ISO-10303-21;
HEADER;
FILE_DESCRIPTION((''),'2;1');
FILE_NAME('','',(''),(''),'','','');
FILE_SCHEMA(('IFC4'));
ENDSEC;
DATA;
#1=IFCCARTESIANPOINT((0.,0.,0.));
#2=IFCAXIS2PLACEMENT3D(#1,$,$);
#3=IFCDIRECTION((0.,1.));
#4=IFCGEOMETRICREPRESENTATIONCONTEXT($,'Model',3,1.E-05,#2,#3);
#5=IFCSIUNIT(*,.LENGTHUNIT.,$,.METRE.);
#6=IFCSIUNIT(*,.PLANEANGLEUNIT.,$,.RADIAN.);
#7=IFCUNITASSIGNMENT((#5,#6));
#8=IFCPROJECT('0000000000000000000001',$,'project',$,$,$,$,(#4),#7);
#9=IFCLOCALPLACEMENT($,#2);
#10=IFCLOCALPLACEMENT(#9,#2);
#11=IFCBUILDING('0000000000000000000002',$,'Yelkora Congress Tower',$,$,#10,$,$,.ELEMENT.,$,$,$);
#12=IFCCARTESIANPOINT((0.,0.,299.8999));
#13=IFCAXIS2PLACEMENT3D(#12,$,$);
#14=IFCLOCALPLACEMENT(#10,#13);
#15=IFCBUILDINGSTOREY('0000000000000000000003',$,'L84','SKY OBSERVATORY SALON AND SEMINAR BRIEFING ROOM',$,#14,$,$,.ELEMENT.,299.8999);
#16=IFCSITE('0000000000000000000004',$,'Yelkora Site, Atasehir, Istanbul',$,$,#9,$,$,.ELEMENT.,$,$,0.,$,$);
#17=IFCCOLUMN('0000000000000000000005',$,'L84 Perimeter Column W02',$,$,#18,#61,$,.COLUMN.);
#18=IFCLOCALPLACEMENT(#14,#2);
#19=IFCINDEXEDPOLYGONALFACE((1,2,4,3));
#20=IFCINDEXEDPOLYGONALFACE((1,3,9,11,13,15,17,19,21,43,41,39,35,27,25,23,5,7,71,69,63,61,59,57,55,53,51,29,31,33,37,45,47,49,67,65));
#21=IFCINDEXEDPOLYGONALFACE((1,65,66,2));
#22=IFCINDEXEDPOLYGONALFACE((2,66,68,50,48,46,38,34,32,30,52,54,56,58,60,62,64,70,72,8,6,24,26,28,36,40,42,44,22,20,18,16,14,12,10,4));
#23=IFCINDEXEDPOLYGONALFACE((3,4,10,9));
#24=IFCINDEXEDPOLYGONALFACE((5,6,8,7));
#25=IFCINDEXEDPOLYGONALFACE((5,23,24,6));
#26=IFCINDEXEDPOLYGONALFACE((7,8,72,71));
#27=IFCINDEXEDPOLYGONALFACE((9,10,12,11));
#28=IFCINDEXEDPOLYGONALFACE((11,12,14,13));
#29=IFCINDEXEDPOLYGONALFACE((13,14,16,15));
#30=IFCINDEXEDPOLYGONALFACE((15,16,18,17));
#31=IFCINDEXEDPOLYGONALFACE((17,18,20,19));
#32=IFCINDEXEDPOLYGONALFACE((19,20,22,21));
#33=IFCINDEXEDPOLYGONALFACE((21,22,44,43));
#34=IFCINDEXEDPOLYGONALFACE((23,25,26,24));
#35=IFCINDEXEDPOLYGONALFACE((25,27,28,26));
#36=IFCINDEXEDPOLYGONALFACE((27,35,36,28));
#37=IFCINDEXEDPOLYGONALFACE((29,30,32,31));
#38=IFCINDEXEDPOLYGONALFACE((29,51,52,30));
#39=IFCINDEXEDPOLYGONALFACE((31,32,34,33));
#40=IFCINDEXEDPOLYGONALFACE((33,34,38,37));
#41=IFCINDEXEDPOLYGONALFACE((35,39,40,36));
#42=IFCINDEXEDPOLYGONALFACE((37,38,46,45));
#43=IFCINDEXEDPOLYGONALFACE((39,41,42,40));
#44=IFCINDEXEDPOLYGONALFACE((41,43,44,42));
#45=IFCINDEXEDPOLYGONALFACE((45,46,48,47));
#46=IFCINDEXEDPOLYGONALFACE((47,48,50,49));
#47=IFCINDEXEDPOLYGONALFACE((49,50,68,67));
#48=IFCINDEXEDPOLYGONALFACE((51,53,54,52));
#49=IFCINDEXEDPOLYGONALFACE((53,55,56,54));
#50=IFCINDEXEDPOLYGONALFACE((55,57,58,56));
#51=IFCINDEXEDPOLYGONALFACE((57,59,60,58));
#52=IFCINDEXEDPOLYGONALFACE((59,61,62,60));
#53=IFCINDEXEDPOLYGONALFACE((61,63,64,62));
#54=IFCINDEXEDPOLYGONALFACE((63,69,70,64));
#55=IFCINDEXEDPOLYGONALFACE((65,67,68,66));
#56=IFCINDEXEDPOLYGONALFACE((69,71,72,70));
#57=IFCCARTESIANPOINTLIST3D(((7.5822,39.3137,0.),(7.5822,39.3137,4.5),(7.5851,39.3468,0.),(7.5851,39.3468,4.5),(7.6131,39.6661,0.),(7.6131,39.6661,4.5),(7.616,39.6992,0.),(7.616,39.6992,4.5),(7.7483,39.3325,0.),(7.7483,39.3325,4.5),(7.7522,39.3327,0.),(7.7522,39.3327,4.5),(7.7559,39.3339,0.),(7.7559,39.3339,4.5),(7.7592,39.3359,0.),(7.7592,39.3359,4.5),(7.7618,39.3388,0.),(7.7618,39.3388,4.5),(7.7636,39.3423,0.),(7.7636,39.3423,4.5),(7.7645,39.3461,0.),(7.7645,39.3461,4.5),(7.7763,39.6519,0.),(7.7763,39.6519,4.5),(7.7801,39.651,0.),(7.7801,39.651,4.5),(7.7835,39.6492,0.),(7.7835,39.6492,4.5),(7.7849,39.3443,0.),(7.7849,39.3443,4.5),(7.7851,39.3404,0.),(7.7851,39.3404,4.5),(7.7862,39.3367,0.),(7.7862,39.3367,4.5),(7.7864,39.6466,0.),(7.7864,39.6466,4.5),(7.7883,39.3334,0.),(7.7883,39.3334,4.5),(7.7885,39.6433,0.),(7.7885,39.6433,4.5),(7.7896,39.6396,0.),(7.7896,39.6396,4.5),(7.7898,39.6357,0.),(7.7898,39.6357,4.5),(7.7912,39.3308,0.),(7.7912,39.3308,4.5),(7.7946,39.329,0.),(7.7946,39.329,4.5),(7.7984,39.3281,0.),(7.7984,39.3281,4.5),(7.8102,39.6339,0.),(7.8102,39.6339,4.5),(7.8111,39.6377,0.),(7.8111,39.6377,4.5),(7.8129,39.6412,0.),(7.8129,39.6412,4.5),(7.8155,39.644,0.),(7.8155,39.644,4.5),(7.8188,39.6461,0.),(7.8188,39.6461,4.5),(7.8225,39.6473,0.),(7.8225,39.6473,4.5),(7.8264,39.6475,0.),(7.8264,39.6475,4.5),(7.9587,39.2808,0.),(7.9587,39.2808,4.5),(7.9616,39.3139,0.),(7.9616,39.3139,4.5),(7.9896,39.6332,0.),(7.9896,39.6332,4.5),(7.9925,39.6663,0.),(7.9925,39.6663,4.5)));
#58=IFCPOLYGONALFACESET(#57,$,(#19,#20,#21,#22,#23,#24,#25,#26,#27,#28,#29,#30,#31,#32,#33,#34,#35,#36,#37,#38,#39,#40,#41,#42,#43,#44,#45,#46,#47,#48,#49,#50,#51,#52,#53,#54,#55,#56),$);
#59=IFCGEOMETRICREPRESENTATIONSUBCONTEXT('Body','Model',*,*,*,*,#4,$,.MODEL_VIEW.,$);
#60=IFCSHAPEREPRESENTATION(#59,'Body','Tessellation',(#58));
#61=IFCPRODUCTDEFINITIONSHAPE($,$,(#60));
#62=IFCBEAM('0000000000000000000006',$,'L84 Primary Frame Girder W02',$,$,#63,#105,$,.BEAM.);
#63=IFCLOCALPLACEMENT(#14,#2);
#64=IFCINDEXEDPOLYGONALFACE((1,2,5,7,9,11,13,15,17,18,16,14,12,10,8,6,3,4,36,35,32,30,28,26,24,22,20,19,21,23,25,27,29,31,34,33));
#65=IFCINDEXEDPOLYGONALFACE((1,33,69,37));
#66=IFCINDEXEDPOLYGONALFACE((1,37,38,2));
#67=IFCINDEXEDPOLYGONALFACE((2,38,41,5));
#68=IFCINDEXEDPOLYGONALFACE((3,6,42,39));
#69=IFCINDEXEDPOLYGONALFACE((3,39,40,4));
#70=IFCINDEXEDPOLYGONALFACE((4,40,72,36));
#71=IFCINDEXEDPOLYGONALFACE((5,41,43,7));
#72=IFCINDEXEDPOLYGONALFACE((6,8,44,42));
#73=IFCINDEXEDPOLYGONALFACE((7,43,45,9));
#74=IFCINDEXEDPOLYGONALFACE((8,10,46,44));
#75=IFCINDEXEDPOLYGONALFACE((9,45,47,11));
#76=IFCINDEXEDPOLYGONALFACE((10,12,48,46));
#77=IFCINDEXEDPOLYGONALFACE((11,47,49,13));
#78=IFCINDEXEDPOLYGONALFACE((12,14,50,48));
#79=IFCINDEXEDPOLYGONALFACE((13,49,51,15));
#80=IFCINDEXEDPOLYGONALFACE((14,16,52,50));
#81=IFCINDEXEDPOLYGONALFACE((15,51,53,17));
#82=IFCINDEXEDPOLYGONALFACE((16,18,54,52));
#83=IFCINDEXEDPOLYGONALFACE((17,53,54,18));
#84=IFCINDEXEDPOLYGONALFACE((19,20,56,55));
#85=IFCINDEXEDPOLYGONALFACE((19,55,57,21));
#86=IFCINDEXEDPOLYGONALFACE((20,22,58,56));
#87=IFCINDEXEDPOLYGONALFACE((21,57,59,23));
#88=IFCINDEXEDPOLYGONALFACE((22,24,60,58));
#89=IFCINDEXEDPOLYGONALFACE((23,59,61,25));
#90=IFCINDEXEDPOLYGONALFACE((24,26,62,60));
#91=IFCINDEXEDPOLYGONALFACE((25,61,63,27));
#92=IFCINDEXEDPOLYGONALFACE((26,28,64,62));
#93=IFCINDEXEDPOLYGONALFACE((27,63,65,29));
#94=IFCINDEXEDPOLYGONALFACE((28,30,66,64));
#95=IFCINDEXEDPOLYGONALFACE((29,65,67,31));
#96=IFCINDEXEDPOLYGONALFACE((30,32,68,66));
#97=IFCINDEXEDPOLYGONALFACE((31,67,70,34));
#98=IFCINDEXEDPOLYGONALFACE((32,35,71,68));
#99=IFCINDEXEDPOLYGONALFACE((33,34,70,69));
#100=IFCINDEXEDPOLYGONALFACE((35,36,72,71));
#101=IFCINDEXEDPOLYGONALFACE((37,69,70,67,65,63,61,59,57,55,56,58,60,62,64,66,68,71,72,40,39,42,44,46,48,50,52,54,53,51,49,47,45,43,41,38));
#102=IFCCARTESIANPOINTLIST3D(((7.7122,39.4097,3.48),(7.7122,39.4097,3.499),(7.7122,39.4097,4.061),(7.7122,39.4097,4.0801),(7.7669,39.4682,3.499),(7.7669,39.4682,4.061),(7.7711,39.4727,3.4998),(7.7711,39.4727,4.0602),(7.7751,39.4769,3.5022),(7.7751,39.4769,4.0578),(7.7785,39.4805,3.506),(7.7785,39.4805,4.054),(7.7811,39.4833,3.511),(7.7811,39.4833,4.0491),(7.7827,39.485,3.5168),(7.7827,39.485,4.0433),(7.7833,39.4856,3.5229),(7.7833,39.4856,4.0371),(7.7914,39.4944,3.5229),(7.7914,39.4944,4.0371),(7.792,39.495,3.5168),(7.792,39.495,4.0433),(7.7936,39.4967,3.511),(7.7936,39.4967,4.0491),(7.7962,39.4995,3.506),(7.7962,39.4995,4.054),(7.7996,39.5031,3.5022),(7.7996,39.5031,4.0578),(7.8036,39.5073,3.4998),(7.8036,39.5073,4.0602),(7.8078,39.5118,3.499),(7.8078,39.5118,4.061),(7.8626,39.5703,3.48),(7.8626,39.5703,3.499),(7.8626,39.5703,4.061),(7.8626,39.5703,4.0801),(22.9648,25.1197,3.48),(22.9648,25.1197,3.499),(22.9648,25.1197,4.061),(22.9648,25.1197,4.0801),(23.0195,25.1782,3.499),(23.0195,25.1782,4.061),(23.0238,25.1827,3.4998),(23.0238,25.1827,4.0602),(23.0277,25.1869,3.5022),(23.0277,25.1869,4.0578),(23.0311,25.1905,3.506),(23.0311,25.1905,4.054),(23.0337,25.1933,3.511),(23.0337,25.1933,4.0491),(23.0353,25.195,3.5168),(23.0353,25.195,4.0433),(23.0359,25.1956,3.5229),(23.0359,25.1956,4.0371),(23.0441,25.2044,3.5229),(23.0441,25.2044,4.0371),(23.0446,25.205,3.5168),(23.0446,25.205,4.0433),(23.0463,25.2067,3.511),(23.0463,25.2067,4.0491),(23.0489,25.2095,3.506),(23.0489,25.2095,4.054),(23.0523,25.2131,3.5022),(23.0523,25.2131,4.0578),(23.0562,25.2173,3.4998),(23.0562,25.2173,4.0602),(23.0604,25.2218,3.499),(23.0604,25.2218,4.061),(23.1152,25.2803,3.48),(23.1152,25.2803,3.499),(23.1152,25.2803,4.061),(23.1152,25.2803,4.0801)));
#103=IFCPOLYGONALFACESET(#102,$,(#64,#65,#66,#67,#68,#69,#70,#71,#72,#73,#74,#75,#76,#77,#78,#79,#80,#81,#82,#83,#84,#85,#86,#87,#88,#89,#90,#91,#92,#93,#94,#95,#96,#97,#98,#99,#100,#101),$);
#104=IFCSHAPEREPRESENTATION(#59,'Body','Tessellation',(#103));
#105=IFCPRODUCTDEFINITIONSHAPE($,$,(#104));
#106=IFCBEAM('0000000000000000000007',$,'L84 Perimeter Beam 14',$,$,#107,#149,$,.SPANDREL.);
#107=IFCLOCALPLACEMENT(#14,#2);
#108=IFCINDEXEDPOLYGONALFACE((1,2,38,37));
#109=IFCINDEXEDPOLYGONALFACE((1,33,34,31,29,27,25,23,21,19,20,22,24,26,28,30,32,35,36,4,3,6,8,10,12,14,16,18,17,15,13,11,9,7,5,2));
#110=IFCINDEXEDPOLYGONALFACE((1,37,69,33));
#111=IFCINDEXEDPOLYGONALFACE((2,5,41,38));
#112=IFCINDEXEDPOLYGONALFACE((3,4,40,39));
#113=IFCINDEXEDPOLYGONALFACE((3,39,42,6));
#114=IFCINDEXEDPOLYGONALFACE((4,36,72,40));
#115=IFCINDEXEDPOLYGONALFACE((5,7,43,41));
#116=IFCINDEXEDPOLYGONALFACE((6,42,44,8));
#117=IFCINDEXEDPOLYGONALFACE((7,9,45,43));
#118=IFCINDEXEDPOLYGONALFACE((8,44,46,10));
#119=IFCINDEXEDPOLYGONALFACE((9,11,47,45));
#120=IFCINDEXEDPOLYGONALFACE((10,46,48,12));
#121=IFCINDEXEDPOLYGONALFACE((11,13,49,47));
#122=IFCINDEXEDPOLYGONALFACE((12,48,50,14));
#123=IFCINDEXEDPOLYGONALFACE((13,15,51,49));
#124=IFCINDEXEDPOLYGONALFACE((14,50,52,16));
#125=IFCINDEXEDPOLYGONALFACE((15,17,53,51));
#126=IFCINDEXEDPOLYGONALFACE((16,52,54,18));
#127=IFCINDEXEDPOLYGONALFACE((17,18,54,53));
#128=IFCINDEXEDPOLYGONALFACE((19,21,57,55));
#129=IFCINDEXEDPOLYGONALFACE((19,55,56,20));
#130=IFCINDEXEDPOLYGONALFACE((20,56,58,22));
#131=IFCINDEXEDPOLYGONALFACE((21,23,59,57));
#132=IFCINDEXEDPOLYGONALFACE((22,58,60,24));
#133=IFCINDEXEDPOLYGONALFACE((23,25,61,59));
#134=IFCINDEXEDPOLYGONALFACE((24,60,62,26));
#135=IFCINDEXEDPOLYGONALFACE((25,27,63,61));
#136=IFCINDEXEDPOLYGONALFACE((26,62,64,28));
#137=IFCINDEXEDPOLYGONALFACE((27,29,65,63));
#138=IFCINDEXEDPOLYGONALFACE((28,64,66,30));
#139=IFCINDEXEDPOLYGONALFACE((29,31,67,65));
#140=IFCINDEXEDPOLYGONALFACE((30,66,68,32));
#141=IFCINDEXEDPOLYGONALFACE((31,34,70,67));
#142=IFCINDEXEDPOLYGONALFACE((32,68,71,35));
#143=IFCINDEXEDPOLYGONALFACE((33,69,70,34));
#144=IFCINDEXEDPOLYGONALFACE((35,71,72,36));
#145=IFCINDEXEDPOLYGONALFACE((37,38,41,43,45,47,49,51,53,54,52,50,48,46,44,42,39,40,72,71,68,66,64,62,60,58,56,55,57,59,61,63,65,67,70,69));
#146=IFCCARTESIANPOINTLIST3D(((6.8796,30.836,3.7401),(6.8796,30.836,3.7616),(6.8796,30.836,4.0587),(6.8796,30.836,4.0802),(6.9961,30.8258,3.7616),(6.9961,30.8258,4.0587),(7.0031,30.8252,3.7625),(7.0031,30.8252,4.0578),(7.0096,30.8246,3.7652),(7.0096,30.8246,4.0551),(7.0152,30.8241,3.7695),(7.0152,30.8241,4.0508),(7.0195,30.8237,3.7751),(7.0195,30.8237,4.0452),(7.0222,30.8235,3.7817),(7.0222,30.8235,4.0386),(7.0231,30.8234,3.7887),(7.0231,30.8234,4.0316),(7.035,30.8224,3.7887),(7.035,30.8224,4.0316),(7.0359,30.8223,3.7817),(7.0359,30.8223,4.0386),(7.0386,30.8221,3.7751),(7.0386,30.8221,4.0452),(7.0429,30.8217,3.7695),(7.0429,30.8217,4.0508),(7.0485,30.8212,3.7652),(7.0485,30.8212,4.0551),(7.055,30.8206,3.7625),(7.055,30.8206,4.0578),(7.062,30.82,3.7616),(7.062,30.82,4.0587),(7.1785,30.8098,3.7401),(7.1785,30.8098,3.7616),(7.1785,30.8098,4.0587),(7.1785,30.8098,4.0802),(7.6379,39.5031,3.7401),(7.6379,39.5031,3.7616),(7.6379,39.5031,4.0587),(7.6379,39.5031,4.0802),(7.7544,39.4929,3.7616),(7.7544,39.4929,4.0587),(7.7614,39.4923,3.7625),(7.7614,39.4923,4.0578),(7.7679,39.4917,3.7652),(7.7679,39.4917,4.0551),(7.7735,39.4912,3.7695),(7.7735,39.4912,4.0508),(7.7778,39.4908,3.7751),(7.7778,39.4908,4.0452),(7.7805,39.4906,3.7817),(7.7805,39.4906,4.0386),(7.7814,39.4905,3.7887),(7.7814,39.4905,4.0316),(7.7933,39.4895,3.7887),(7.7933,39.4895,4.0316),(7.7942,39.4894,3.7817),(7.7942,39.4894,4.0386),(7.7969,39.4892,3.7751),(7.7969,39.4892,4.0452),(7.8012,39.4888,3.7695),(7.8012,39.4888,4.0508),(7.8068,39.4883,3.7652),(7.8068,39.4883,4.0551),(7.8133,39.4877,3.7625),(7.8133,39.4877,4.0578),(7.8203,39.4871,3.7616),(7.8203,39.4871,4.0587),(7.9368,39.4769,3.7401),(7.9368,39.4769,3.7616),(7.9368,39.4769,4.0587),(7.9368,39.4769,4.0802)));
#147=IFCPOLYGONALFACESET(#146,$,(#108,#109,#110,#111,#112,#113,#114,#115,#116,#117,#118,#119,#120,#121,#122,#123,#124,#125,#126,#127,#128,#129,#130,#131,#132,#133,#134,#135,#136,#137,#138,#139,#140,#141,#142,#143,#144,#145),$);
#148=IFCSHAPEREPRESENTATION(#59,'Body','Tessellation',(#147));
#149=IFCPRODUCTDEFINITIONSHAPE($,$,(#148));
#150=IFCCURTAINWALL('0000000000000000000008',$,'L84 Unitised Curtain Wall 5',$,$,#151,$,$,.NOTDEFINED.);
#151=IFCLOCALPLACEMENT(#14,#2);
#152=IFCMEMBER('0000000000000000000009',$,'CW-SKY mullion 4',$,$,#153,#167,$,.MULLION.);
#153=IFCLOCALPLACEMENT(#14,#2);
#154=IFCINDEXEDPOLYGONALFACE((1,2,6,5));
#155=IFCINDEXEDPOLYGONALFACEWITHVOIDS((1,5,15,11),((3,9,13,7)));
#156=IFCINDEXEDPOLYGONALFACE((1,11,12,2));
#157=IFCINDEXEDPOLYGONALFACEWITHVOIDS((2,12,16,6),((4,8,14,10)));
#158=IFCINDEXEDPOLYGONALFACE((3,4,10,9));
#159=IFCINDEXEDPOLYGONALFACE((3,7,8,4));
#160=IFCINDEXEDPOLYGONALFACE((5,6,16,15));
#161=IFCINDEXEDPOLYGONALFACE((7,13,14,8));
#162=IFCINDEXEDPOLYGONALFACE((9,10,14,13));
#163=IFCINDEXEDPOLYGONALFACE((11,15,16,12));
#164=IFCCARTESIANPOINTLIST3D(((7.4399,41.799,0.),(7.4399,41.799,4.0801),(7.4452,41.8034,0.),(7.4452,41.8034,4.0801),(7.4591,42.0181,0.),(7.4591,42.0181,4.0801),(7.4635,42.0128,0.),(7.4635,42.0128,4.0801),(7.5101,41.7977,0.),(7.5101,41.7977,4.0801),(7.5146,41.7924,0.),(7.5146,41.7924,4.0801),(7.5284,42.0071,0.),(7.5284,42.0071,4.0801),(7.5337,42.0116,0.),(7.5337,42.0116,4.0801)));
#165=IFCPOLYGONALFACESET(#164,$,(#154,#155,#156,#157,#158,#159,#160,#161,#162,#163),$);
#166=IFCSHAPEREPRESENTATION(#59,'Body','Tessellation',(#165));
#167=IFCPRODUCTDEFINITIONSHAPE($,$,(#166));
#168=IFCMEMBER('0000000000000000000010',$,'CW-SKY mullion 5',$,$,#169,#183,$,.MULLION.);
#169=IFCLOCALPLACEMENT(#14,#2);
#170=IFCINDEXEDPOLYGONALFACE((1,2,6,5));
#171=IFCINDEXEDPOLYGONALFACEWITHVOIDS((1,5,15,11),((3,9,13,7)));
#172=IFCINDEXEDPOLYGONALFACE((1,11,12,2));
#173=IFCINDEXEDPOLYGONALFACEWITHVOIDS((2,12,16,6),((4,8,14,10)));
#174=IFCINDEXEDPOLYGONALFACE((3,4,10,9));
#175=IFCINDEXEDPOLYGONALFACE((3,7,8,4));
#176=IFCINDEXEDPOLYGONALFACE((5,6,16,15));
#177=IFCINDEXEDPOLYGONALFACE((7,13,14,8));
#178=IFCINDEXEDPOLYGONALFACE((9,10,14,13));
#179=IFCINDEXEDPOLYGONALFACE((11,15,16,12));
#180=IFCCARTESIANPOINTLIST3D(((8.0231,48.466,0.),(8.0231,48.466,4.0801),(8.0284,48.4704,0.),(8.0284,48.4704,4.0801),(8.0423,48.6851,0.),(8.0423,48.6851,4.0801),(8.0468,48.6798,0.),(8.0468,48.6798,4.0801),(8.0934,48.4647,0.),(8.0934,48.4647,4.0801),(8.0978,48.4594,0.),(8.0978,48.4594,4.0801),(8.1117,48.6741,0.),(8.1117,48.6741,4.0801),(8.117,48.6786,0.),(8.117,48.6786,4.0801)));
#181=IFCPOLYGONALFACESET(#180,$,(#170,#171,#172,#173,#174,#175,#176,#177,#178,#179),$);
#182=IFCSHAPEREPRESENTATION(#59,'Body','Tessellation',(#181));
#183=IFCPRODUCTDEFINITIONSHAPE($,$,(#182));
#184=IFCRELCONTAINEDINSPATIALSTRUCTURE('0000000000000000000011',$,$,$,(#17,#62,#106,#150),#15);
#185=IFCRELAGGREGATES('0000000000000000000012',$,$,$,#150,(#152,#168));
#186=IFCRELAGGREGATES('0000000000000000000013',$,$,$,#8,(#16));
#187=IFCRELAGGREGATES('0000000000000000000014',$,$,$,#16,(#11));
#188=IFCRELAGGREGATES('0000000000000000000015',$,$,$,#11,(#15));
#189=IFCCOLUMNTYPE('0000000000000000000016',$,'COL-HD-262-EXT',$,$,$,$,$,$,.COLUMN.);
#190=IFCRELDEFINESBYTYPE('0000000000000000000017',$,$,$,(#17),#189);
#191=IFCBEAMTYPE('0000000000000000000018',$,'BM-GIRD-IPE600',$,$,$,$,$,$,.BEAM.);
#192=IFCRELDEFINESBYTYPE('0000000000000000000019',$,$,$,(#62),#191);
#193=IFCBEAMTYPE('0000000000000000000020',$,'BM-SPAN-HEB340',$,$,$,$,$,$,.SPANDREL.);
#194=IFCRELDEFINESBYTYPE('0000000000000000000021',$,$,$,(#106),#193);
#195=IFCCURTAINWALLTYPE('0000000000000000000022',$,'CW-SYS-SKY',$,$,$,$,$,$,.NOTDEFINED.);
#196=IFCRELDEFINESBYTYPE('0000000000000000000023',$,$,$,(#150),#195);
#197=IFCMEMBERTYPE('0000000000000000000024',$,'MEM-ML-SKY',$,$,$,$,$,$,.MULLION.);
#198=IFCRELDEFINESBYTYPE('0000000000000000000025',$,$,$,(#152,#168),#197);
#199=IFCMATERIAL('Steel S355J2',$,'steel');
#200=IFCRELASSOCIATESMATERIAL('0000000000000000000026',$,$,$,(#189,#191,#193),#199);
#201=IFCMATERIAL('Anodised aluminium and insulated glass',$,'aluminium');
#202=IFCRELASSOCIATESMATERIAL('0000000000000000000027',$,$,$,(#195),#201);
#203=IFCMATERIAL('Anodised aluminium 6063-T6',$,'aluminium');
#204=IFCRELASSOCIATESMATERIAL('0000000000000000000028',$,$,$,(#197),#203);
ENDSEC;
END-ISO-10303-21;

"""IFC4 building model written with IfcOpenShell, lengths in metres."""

from ifc_helpers import new_model, si_unit, direction, frame, origin, origin_2d, place, context, subcontext, project, spatial, hollow_rectangle, i_section, extrude, material, material_profile, profile_set, type_object, element, aggregate, save


model = new_model("IFC4")

# Units and contexts
model_context = context("Model", 3, precision=1e-05, world=origin(), true_north=direction((0.0, 1.0)))
body_context = subcontext(model_context, "Body", "Model", "MODEL_VIEW")
ifc_project = project(units=[si_unit("LENGTHUNIT", "METRE"), si_unit("PLANEANGLEUNIT", "RADIAN")], contexts=[model_context])

# Site, building, storey
site_placement = place(None, origin())
site = spatial("IfcSite", under=ifc_project, at=site_placement, Name="Yelkora Site, Atasehir, Istanbul", CompositionType="ELEMENT", RefElevation=0.0)
building_placement = place(site_placement, origin())
building = spatial("IfcBuilding", under=site, at=building_placement, Name="Yelkora Congress Tower", CompositionType="ELEMENT")
storey_placement = place(building_placement, frame((0.0, 0.0, 299.8999)))
storey = spatial("IfcBuildingStorey", under=building, at=storey_placement, Name="L84", Description="SKY OBSERVATORY SALON AND SEMINAR BRIEFING ROOM", CompositionType="ELEMENT", Elevation=299.8999)

# Column
ifc_material_1 = material(Name="Steel S355J2", Category="steel")
ifc_material_profile_1 = material_profile(ifc_material_1, i_section(OverallWidth=0.3779, OverallDepth=0.387, WebThickness=0.0205, FlangeThickness=0.0332, FilletRadius=0.0149, at=origin_2d()), Name="HD 360x262")
ifc_profile_set_1 = profile_set([ifc_material_profile_1], Name="Steel S355J2")
column_type = type_object("IfcColumnType", Name="COL-HD-262-EXT", PredefinedType="COLUMN", material=ifc_profile_set_1)
column_placement = place(storey_placement, frame((7.7874, 39.49, 0.0), z_axis=(0.0, 0.0, 1.0), x_axis=(0.996195, -0.087156, 0.0)))
element("IfcColumn", 1, at=column_placement, inside=storey, type_object=column_type, Name="L84 Perimeter Column W02", PredefinedType="COLUMN", context=body_context, shape_type="SweptSolid", body=[
    extrude(i_section(OverallWidth=0.3779, OverallDepth=0.387, WebThickness=0.0205, FlangeThickness=0.0332, FilletRadius=0.0149, at=origin_2d()), origin(), (0.0, 0.0, 1.0), 4.5),
])

# Beams
ifc_material_profile_2 = material_profile(ifc_material_1, i_section(OverallWidth=0.22, OverallDepth=0.6001, WebThickness=0.012, FlangeThickness=0.019, FilletRadius=0.0239, at=origin_2d()), Name="IPE 600")
ifc_profile_set_2 = profile_set([ifc_material_profile_2], Name="Steel S355J2")
beam_type_1 = type_object("IfcBeamType", Name="BM-GIRD-IPE600", PredefinedType="BEAM", material=ifc_profile_set_2)
beam_1_placement = place(storey_placement, frame((7.7874, 39.49, 3.78), z_axis=(0.72976, -0.683703, 0.0), x_axis=(0.683703, 0.72976, 0.0)))
element("IfcBeam", 2, at=beam_1_placement, inside=storey, type_object=beam_type_1, Name="L84 Primary Frame Girder W02", PredefinedType="BEAM", context=body_context, shape_type="SweptSolid", body=[
    extrude(i_section(OverallWidth=0.22, OverallDepth=0.6001, WebThickness=0.012, FlangeThickness=0.019, FilletRadius=0.0239, at=origin_2d()), origin(), (0.0, 0.0, 1.0), 20.9009),
])
ifc_material_profile_3 = material_profile(ifc_material_1, i_section(OverallWidth=0.3, OverallDepth=0.3401, WebThickness=0.012, FlangeThickness=0.0215, FilletRadius=0.0271, at=origin_2d()), Name="HEB 340")
ifc_profile_set_3 = profile_set([ifc_material_profile_3], Name="Steel S355J2")
beam_type_2 = type_object("IfcBeamType", Name="BM-SPAN-HEB340", PredefinedType="SPANDREL", material=ifc_profile_set_3)
beam_2_placement = place(storey_placement, frame((7.7874, 39.49, 3.9102), z_axis=(-0.08716, -0.996194, 0.0), x_axis=(0.996194, -0.08716, 0.0)))
element("IfcBeam", 3, at=beam_2_placement, inside=storey, type_object=beam_type_2, Name="L84 Perimeter Beam 14", PredefinedType="SPANDREL", context=body_context, shape_type="SweptSolid", body=[
    extrude(i_section(OverallWidth=0.3, OverallDepth=0.3401, WebThickness=0.012, FlangeThickness=0.0215, FilletRadius=0.0271, at=origin_2d()), origin(), (0.0, 0.0, 1.0), 8.7002),
])

# Curtain wall, members
ifc_material_2 = material(Name="Anodised aluminium and insulated glass", Category="aluminium")
curtain_wall_type = type_object("IfcCurtainWallType", Name="CW-SYS-SKY", PredefinedType="NOTDEFINED", material=ifc_material_2)
curtain_wall_1_placement = place(storey_placement, origin())
curtain_wall_1 = element("IfcCurtainWall", 4, at=curtain_wall_1_placement, inside=storey, type_object=curtain_wall_type, Name="L84 Unitised Curtain Wall 5", PredefinedType="NOTDEFINED")
ifc_material_3 = material(Name="Anodised aluminium 6063-T6", Category="aluminium")
ifc_material_profile_4 = material_profile(ifc_material_3, hollow_rectangle(XDim=0.075, YDim=0.22, WallThickness=0.0049, at=origin_2d()), Name="ALU 75x220x5")
ifc_profile_set_4 = profile_set([ifc_material_profile_4], Name="Anodised aluminium 6063-T6")
member_type_1 = type_object("IfcMemberType", Name="MEM-ML-SKY", PredefinedType="MULLION", material=ifc_profile_set_4)
member_1_placement = place(storey_placement, frame((7.4868, 41.9053, 0.0), z_axis=(0.0, 0.0, 1.0), x_axis=(-0.996195, 0.087155, 0.0)))
member_1 = element("IfcMember", 5, at=member_1_placement, type_object=member_type_1, Name="CW-SKY mullion 4", PredefinedType="MULLION", context=body_context, shape_type="SweptSolid", body=[
    extrude(hollow_rectangle(XDim=0.075, YDim=0.22, WallThickness=0.0049, at=origin_2d()), origin(), (0.0, 0.0, 1.0), 4.0801),
])
member_2_placement = place(storey_placement, frame((8.0701, 48.5723, 0.0), z_axis=(0.0, 0.0, 1.0), x_axis=(-0.996195, 0.087155, 0.0)))
member_2 = element("IfcMember", 6, at=member_2_placement, type_object=member_type_1, Name="CW-SKY mullion 5", PredefinedType="MULLION", context=body_context, shape_type="SweptSolid", body=[
    extrude(hollow_rectangle(XDim=0.075, YDim=0.22, WallThickness=0.0049, at=origin_2d()), origin(), (0.0, 0.0, 1.0), 4.0801),
])

aggregate(curtain_wall_1, [member_1, member_2])

save(model, "model.ifc")
